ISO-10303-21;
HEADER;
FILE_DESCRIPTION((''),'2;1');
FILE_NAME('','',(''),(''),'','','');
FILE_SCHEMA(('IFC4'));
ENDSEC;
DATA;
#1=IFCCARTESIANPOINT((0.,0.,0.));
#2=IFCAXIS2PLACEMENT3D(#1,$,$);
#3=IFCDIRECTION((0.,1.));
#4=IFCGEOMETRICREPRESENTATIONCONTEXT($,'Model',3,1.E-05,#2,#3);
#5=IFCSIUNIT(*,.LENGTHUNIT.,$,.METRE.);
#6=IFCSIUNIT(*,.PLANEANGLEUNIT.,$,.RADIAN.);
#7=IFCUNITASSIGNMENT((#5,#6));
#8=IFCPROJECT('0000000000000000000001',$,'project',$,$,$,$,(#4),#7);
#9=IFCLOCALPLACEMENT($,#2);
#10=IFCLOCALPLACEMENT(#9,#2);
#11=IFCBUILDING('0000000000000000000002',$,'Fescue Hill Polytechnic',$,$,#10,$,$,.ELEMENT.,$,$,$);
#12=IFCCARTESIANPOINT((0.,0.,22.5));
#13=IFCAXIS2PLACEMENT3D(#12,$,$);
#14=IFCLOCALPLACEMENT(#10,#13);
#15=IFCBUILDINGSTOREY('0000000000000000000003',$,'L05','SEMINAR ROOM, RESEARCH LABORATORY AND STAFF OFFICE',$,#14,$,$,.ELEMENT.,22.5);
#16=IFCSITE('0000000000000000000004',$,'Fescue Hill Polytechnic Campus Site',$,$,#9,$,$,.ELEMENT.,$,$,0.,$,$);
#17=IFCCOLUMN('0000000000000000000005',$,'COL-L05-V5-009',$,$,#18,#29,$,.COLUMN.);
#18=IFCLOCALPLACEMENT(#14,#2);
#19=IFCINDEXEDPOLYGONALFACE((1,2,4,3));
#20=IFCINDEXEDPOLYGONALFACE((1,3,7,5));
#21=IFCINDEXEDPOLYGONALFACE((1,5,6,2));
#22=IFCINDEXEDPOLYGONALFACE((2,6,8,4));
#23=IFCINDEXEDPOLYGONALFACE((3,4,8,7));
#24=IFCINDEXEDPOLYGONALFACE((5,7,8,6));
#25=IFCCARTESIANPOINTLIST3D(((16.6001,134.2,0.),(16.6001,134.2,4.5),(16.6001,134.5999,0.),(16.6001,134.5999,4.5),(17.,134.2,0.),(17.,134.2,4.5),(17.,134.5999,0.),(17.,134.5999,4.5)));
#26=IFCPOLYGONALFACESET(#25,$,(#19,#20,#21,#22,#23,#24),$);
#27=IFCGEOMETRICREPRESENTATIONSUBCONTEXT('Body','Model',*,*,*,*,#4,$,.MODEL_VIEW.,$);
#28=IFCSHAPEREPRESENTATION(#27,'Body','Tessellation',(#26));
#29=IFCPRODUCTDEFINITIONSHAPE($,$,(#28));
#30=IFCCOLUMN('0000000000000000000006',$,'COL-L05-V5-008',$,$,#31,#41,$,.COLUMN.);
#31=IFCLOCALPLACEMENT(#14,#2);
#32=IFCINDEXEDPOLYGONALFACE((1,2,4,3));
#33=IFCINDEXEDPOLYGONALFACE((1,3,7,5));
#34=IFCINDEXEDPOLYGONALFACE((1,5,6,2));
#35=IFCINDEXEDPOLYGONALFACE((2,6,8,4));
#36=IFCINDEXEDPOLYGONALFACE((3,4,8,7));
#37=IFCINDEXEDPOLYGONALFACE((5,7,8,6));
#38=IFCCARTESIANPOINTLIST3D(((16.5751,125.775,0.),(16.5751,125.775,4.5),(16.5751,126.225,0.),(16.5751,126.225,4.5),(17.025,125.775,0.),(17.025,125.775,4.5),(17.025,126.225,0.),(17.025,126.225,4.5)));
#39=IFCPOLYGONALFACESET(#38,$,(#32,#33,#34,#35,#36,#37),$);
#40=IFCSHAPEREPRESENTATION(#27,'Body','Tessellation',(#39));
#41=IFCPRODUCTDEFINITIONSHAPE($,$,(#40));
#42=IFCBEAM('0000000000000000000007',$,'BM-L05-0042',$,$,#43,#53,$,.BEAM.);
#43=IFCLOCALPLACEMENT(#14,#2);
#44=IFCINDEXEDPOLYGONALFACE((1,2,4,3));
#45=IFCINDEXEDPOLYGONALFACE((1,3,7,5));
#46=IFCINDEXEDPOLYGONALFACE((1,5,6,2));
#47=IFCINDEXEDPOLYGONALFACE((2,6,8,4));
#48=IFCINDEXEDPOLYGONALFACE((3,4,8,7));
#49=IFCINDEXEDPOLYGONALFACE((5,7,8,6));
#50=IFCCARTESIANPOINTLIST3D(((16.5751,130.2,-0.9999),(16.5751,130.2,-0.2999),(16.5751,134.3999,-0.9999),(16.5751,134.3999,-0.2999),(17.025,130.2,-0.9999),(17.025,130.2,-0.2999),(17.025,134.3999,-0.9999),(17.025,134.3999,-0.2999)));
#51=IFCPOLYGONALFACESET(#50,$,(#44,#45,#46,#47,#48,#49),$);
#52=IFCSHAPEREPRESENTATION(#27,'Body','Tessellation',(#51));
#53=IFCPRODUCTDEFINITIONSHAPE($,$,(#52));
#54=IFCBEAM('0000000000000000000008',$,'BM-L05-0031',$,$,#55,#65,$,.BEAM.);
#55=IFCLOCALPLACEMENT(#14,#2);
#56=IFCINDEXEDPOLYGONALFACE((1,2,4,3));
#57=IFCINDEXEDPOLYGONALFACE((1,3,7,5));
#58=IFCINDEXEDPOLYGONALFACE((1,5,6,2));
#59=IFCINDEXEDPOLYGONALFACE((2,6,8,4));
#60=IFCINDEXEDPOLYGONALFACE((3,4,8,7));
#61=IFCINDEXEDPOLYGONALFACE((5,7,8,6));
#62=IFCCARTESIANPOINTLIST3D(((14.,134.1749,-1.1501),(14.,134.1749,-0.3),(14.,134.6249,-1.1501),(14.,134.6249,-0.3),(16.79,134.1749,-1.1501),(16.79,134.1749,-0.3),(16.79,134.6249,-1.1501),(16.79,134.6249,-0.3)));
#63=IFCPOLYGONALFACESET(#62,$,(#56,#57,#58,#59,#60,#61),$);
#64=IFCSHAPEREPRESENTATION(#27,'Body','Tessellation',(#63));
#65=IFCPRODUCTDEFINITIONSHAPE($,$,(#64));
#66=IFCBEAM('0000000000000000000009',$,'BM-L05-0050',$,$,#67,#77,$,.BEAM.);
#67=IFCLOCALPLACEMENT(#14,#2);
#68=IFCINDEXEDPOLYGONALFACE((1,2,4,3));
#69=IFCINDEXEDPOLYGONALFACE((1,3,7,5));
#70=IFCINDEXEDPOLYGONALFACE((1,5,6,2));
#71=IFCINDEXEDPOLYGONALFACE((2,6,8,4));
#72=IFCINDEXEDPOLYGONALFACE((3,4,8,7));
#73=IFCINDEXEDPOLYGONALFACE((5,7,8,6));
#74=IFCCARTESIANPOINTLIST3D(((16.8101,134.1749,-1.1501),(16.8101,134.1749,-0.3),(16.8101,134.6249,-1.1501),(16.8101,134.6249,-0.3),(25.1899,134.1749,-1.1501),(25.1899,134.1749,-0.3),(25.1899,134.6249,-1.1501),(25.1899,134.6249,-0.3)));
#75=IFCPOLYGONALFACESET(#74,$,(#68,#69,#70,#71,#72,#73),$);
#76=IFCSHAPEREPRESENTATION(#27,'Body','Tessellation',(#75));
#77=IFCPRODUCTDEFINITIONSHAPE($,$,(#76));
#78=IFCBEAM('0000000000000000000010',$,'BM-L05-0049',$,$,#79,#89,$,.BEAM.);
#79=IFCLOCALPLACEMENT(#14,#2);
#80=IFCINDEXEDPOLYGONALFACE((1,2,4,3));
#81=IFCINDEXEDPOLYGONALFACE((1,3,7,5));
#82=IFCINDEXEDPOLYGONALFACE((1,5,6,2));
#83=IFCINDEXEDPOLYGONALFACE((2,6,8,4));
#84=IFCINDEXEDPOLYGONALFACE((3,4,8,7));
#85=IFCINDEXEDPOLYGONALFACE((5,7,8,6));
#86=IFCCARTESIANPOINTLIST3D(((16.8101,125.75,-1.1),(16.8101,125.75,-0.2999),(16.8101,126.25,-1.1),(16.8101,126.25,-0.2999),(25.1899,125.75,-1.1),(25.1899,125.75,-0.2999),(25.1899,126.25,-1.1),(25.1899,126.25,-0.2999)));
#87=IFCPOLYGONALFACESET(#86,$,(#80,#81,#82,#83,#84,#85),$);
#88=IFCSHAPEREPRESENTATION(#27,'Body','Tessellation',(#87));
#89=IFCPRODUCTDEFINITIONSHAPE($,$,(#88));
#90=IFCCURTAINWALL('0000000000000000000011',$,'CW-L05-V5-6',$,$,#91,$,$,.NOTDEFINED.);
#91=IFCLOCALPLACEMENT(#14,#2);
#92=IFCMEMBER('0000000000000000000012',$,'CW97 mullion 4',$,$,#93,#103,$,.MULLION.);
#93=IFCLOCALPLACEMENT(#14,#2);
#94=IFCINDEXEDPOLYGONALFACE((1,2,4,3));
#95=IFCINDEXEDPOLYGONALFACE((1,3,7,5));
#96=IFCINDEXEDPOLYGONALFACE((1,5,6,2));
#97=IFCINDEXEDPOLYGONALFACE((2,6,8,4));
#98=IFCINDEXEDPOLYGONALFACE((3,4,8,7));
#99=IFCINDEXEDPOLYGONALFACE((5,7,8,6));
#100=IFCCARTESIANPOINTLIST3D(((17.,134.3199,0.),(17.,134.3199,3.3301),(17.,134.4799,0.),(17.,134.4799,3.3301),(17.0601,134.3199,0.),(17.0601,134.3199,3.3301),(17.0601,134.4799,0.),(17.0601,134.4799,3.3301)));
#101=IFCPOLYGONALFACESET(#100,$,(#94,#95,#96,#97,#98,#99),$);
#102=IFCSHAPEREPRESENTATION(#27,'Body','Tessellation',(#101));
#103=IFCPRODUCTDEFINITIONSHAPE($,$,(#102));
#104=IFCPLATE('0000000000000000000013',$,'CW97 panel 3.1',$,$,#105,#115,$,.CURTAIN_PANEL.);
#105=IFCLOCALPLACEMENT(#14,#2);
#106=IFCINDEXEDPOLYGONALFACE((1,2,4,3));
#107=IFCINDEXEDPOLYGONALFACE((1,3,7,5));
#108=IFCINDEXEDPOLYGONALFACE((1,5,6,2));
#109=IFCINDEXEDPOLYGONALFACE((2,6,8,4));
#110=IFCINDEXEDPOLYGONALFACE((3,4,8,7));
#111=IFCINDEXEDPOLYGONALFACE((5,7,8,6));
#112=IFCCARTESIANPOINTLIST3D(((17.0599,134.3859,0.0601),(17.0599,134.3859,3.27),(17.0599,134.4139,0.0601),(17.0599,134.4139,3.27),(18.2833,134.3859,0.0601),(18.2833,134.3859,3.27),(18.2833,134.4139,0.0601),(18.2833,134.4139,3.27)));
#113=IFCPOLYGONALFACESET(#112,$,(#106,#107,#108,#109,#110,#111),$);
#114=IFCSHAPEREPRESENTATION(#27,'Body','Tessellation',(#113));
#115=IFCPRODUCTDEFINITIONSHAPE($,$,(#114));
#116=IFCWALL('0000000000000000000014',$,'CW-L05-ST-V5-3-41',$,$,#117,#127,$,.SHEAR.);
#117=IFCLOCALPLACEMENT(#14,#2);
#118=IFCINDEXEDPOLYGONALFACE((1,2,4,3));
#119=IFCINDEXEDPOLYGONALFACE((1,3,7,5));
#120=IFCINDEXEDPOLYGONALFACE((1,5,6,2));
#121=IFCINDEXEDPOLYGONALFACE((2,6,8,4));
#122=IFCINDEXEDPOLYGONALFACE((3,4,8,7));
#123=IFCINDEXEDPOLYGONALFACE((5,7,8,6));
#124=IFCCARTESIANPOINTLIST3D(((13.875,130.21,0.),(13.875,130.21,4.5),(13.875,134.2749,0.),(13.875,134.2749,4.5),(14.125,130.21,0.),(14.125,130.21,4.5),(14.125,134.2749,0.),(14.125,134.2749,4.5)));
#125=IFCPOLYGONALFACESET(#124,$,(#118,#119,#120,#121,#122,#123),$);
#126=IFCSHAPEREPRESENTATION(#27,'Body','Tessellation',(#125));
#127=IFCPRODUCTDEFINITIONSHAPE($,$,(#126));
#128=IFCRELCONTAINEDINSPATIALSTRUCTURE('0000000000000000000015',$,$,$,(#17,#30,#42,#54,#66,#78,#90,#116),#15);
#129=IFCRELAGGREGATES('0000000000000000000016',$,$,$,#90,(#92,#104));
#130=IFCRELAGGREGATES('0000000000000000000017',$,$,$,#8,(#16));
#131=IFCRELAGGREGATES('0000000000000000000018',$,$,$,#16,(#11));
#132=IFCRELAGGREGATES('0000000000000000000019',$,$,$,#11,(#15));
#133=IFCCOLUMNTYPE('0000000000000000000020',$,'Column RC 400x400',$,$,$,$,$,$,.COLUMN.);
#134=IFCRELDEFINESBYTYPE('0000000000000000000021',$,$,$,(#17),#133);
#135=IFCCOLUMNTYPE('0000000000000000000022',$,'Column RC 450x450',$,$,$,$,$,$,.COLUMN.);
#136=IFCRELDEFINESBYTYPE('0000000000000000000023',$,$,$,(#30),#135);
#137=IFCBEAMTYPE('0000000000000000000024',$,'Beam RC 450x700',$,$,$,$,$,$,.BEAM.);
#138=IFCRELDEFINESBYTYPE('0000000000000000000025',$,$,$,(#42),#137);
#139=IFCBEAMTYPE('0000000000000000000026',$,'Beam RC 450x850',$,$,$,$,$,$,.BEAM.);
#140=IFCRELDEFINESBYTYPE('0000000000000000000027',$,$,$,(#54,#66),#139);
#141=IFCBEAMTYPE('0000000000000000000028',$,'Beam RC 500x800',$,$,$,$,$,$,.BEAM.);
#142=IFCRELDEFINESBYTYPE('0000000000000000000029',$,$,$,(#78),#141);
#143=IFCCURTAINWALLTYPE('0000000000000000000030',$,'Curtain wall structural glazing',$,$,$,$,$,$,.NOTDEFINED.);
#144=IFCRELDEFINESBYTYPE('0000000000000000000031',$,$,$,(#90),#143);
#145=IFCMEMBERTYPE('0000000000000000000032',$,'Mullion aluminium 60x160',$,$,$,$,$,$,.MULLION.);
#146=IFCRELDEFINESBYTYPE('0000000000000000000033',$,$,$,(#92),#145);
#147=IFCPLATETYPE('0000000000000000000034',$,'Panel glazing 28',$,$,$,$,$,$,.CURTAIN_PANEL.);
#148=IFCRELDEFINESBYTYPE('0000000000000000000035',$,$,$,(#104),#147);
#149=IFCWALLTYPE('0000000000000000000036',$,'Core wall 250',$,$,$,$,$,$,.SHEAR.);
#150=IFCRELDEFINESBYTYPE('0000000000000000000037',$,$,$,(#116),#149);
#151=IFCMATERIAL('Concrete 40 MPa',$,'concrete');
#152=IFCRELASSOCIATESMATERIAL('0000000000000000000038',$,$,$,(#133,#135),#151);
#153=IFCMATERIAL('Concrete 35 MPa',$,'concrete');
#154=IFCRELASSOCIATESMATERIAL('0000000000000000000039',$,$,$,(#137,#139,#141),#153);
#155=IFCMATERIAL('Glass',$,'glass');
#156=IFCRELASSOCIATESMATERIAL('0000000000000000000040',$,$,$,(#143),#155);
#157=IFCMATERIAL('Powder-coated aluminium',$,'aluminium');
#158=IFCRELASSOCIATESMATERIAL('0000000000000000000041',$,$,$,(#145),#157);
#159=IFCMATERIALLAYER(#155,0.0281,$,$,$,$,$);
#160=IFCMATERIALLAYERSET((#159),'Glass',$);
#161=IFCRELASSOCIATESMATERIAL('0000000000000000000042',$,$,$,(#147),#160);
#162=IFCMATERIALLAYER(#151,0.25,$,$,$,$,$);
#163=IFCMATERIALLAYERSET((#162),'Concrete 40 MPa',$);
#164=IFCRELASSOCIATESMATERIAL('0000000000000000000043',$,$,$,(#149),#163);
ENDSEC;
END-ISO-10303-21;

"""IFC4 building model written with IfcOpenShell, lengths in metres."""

from ifc_helpers import new_model, si_unit, direction, frame, frame_2d, origin, origin_2d, place, context, subcontext, project, spatial, rectangle, extrude, material, layer, layer_set, material_profile, profile_set, type_object, element, aggregate, save


model = new_model("IFC4")

# Units and contexts
model_context = context("Model", 3, precision=1e-05, world=origin(), true_north=direction((0.0, 1.0)))
body_context = subcontext(model_context, "Body", "Model", "MODEL_VIEW")
ifc_project = project(units=[si_unit("LENGTHUNIT", "METRE"), si_unit("PLANEANGLEUNIT", "RADIAN")], contexts=[model_context])

# Site, building, storey
site_placement = place(None, origin())
site = spatial("IfcSite", under=ifc_project, at=site_placement, Name="Fescue Hill Polytechnic Campus Site", CompositionType="ELEMENT", RefElevation=0.0)
building_placement = place(site_placement, origin())
building = spatial("IfcBuilding", under=site, at=building_placement, Name="Fescue Hill Polytechnic", CompositionType="ELEMENT")
storey_placement = place(building_placement, frame((0.0, 0.0, 22.5)))
storey = spatial("IfcBuildingStorey", under=building, at=storey_placement, Name="L05", Description="SEMINAR ROOM, RESEARCH LABORATORY AND STAFF OFFICE", CompositionType="ELEMENT", Elevation=22.5)

# Columns
ifc_material_1 = material(Name="Concrete 40 MPa", Category="concrete")
ifc_material_profile_1 = material_profile(ifc_material_1, rectangle(XDim=0.3999, YDim=0.3999, at=origin_2d()), Name="RC 400x400")
ifc_profile_set_1 = profile_set([ifc_material_profile_1], Name="Concrete 40 MPa")
column_type_1 = type_object("IfcColumnType", Name="Column RC 400x400", PredefinedType="COLUMN", material=ifc_profile_set_1)
column_1_placement = place(storey_placement, frame((16.8, 134.3999, 0.0), z_axis=(0.0, 0.0, 1.0), x_axis=(1.0, 0.0, 0.0)))
element("IfcColumn", 1, at=column_1_placement, inside=storey, type_object=column_type_1, Name="COL-L05-V5-009", PredefinedType="COLUMN", context=body_context, shape_type="SweptSolid", body=[
    extrude(rectangle(XDim=0.3999, YDim=0.3999, at=origin_2d()), origin(), (0.0, 0.0, 1.0), 4.5),
])
ifc_material_profile_2 = material_profile(ifc_material_1, rectangle(XDim=0.45, YDim=0.45, at=origin_2d()), Name="RC 450x450")
ifc_profile_set_2 = profile_set([ifc_material_profile_2], Name="Concrete 40 MPa")
column_type_2 = type_object("IfcColumnType", Name="Column RC 450x450", PredefinedType="COLUMN", material=ifc_profile_set_2)
column_2_placement = place(storey_placement, frame((16.8, 126.0, 0.0), z_axis=(0.0, 0.0, 1.0), x_axis=(1.0, 0.0, 0.0)))
element("IfcColumn", 2, at=column_2_placement, inside=storey, type_object=column_type_2, Name="COL-L05-V5-008", PredefinedType="COLUMN", context=body_context, shape_type="SweptSolid", body=[
    extrude(rectangle(XDim=0.45, YDim=0.45, at=origin_2d()), origin(), (0.0, 0.0, 1.0), 4.5),
])

# Beams
ifc_material_2 = material(Name="Concrete 35 MPa", Category="concrete")
ifc_material_profile_3 = material_profile(ifc_material_2, rectangle(XDim=0.45, YDim=0.7, at=origin_2d()), Name="RC 450x700")
ifc_profile_set_3 = profile_set([ifc_material_profile_3], Name="Concrete 35 MPa")
beam_type_1 = type_object("IfcBeamType", Name="Beam RC 450x700", PredefinedType="BEAM", material=ifc_profile_set_3)
beam_1_placement = place(storey_placement, frame((16.8, 130.2, -0.6499), z_axis=(0.0, 1.0, 0.0), x_axis=(-1.0, 0.0, 0.0)))
element("IfcBeam", 3, at=beam_1_placement, inside=storey, type_object=beam_type_1, Name="BM-L05-0042", PredefinedType="BEAM", context=body_context, shape_type="SweptSolid", body=[
    extrude(rectangle(XDim=0.45, YDim=0.7, at=origin_2d()), origin(), (0.0, 0.0, 1.0), 4.2),
])
ifc_material_profile_4 = material_profile(ifc_material_2, rectangle(XDim=0.45, YDim=0.8501, at=origin_2d()), Name="RC 450x850")
ifc_profile_set_4 = profile_set([ifc_material_profile_4], Name="Concrete 35 MPa")
beam_type_2 = type_object("IfcBeamType", Name="Beam RC 450x850", PredefinedType="BEAM", material=ifc_profile_set_4)
beam_2_placement = place(storey_placement, frame((14.0, 134.3999, -0.7251), z_axis=(1.0, 0.0, 0.0), x_axis=(0.0, 1.0, 0.0)))
element("IfcBeam", 4, at=beam_2_placement, inside=storey, type_object=beam_type_2, Name="BM-L05-0031", PredefinedType="BEAM", context=body_context, shape_type="SweptSolid", body=[
    extrude(rectangle(XDim=0.45, YDim=0.8501, at=origin_2d()), origin(), (0.0, 0.0, 1.0), 2.79),
])
beam_3_placement = place(storey_placement, frame((16.8101, 134.3999, -0.7251), z_axis=(1.0, 0.0, 0.0), x_axis=(0.0, 1.0, 0.0)))
element("IfcBeam", 5, at=beam_3_placement, inside=storey, type_object=beam_type_2, Name="BM-L05-0050", PredefinedType="BEAM", context=body_context, shape_type="SweptSolid", body=[
    extrude(rectangle(XDim=0.45, YDim=0.8501, at=origin_2d()), origin(), (0.0, 0.0, 1.0), 8.3799),
])
ifc_material_profile_5 = material_profile(ifc_material_2, rectangle(XDim=0.5, YDim=0.8, at=origin_2d()), Name="RC 500x800")
ifc_profile_set_5 = profile_set([ifc_material_profile_5], Name="Concrete 35 MPa")
beam_type_3 = type_object("IfcBeamType", Name="Beam RC 500x800", PredefinedType="BEAM", material=ifc_profile_set_5)
beam_4_placement = place(storey_placement, frame((16.8101, 126.0, -0.7), z_axis=(1.0, 0.0, 0.0), x_axis=(0.0, 1.0, 0.0)))
element("IfcBeam", 6, at=beam_4_placement, inside=storey, type_object=beam_type_3, Name="BM-L05-0049", PredefinedType="BEAM", context=body_context, shape_type="SweptSolid", body=[
    extrude(rectangle(XDim=0.5, YDim=0.8, at=origin_2d()), origin(), (0.0, 0.0, 1.0), 8.3799),
])

# Curtain wall, member, plate
ifc_material_3 = material(Name="Glass", Category="glass")
curtain_wall_type = type_object("IfcCurtainWallType", Name="Curtain wall structural glazing", PredefinedType="NOTDEFINED", material=ifc_material_3)
curtain_wall_placement = place(storey_placement, origin())
curtain_wall = element("IfcCurtainWall", 7, at=curtain_wall_placement, inside=storey, type_object=curtain_wall_type, Name="CW-L05-V5-6", PredefinedType="NOTDEFINED")
ifc_material_4 = material(Name="Powder-coated aluminium", Category="aluminium")
ifc_material_profile_6 = material_profile(ifc_material_4, rectangle(XDim=0.1599, YDim=0.0601, at=origin_2d()), Name="Mullion aluminium 60x160")
ifc_profile_set_6 = profile_set([ifc_material_profile_6], Name="Powder-coated aluminium")
member_type = type_object("IfcMemberType", Name="Mullion aluminium 60x160", PredefinedType="MULLION", material=ifc_profile_set_6)
member_placement = place(storey_placement, frame((17.03, 134.3999, 0.0), z_axis=(0.0, 0.0, 1.0), x_axis=(0.0, -1.0, 0.0)))
member = element("IfcMember", 8, at=member_placement, type_object=member_type, Name="CW97 mullion 4", PredefinedType="MULLION", context=body_context, shape_type="SweptSolid", body=[
    extrude(rectangle(XDim=0.1599, YDim=0.0601, at=origin_2d()), origin(), (0.0, 0.0, 1.0), 3.3301),
])
ifc_layer_1 = layer(ifc_material_3, 0.0281)
ifc_layer_set_1 = layer_set([ifc_layer_1], Name="Glass")
plate_type = type_object("IfcPlateType", Name="Panel glazing 28", PredefinedType="CURTAIN_PANEL", material=ifc_layer_set_1)
plate_placement = place(storey_placement, frame((17.6716, 134.3999, 0.0601), z_axis=(0.0, 0.0, 1.0), x_axis=(-1.0, 0.0, 0.0)))
plate = element("IfcPlate", 9, at=plate_placement, type_object=plate_type, Name="CW97 panel 3.1", PredefinedType="CURTAIN_PANEL", context=body_context, shape_type="SweptSolid", body=[
    extrude(rectangle(XDim=1.2234, YDim=0.0281, at=origin_2d()), origin(), (0.0, 0.0, 1.0), 3.21),
])
aggregate(curtain_wall, [member, plate])

# Wall
ifc_layer_2 = layer(ifc_material_1, 0.25)
ifc_layer_set_2 = layer_set([ifc_layer_2], Name="Concrete 40 MPa")
wall_type_1 = type_object("IfcWallType", Name="Core wall 250", PredefinedType="SHEAR", material=ifc_layer_set_2)
wall_1_placement = place(storey_placement, frame((14.0, 130.21, 0.0), z_axis=(0.0, 0.0, 1.0), x_axis=(0.0, 1.0, 0.0)))
element("IfcWall", 10, at=wall_1_placement, inside=storey, type_object=wall_type_1, Name="CW-L05-ST-V5-3-41", PredefinedType="SHEAR", context=body_context, shape_type="SweptSolid", body=[
    extrude(rectangle(XDim=4.0649, YDim=0.25, at=frame_2d((2.0325, 0.0))), origin(), (0.0, 0.0, 1.0), 4.5),
])

save(model, "model.ifc")
